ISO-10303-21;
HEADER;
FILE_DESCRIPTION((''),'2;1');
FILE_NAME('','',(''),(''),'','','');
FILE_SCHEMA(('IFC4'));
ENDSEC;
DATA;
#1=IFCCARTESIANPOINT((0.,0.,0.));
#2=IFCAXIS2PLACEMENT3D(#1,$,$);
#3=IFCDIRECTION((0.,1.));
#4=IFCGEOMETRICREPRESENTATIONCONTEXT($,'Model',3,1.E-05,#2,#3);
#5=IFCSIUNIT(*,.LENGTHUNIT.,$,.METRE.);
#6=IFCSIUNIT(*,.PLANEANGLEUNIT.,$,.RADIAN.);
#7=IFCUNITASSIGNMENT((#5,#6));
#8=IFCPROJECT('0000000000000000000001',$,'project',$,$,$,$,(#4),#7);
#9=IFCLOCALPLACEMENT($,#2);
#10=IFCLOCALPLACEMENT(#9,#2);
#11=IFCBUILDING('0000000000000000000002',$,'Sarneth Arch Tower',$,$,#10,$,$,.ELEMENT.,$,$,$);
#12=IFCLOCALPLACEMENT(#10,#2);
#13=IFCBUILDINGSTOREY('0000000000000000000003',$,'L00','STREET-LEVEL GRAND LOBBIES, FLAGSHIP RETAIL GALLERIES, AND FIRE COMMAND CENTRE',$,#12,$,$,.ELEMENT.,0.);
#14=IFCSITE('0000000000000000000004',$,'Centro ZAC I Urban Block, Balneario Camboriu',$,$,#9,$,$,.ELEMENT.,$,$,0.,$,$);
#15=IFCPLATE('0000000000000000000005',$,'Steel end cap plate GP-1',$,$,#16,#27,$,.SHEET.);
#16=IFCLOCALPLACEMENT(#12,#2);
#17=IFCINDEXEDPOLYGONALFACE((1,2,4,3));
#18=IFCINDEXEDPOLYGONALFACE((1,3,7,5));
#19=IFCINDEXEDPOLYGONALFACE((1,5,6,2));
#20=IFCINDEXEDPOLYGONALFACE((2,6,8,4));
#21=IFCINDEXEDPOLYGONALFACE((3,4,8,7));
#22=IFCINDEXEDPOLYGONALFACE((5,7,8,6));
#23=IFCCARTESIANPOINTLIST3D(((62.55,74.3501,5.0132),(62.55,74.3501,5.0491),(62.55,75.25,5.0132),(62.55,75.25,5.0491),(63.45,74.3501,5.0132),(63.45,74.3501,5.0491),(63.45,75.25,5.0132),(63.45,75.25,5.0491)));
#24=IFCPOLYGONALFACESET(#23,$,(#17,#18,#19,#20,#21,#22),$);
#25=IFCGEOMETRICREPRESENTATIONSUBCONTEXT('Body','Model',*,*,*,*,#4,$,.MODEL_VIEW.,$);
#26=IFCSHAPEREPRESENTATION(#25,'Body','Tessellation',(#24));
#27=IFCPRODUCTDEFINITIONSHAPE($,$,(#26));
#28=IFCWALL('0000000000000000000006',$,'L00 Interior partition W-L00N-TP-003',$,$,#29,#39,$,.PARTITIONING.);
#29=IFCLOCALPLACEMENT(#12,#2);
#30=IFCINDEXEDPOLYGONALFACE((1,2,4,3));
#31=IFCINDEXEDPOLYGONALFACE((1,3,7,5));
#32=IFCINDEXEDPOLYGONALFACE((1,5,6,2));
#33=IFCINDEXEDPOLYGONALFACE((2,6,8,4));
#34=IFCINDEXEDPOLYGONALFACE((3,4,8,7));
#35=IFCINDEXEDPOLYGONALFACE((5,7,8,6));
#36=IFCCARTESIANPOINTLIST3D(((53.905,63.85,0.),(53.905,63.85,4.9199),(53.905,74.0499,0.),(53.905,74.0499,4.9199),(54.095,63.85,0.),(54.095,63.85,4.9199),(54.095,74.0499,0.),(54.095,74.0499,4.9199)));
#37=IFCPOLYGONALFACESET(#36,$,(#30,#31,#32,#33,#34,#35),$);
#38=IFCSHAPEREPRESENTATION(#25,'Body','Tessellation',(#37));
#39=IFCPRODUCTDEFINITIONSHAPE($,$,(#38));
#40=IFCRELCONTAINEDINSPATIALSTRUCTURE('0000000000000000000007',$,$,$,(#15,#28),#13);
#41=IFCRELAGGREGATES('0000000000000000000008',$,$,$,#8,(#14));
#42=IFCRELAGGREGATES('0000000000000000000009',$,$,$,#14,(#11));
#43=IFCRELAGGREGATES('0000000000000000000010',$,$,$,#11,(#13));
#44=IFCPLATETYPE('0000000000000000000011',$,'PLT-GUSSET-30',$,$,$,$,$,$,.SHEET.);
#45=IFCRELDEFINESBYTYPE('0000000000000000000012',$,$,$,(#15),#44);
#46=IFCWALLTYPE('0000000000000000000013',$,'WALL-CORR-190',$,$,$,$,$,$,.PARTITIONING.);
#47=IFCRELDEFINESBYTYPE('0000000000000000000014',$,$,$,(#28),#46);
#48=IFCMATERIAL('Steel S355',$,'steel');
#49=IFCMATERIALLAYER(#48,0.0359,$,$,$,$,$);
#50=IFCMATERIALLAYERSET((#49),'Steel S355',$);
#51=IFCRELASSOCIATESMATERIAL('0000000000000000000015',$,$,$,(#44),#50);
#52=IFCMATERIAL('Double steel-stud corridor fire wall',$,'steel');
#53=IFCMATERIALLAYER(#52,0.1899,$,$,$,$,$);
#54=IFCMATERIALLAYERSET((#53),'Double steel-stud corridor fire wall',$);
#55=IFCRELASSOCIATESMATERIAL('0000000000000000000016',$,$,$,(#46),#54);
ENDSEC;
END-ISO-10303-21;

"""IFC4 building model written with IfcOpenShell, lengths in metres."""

from ifc_helpers import new_model, si_unit, direction, frame, frame_2d, origin, origin_2d, place, context, subcontext, project, spatial, rectangle, extrude, material, layer, layer_set, type_object, element, save


model = new_model("IFC4")

# Units and contexts
model_context = context("Model", 3, precision=1e-05, world=origin(), true_north=direction((0.0, 1.0)))
body_context = subcontext(model_context, "Body", "Model", "MODEL_VIEW")
ifc_project = project(units=[si_unit("LENGTHUNIT", "METRE"), si_unit("PLANEANGLEUNIT", "RADIAN")], contexts=[model_context])

# Site, building, storey
site_placement = place(None, origin())
site = spatial("IfcSite", under=ifc_project, at=site_placement, Name="Centro ZAC I Urban Block, Balneario Camboriu", CompositionType="ELEMENT", RefElevation=0.0)
building_placement = place(site_placement, origin())
building = spatial("IfcBuilding", under=site, at=building_placement, Name="Sarneth Arch Tower", CompositionType="ELEMENT")
storey_placement = place(building_placement, origin())
storey = spatial("IfcBuildingStorey", under=building, at=storey_placement, Name="L00", Description="STREET-LEVEL GRAND LOBBIES, FLAGSHIP RETAIL GALLERIES, AND FIRE COMMAND CENTRE", CompositionType="ELEMENT", Elevation=0.0)

# Plate
ifc_material_1 = material(Name="Steel S355", Category="steel")
ifc_layer_1 = layer(ifc_material_1, 0.0359)
ifc_layer_set_1 = layer_set([ifc_layer_1], Name="Steel S355")
plate_type_1 = type_object("IfcPlateType", Name="PLT-GUSSET-30", PredefinedType="SHEET", material=ifc_layer_set_1)
plate_1_placement = place(storey_placement, frame((63.0, 74.8, 5.0132), z_axis=(0.0, 0.0, 1.0), x_axis=(-1.0, 0.0, 0.0)))
element("IfcPlate", 1, at=plate_1_placement, inside=storey, type_object=plate_type_1, Name="Steel end cap plate GP-1", PredefinedType="SHEET", context=body_context, shape_type="SweptSolid", body=[
    extrude(rectangle(XDim=0.8999, YDim=0.8999, at=origin_2d()), origin(), (0.0, 0.0, 1.0), 0.0359),
])

# Wall
ifc_material_2 = material(Name="Double steel-stud corridor fire wall", Category="steel")
ifc_layer_2 = layer(ifc_material_2, 0.1899)
ifc_layer_set_2 = layer_set([ifc_layer_2], Name="Double steel-stud corridor fire wall")
wall_type = type_object("IfcWallType", Name="WALL-CORR-190", PredefinedType="PARTITIONING", material=ifc_layer_set_2)
wall_placement = place(storey_placement, frame((54.0, 74.05, 0.0), z_axis=(0.0, 0.0, 1.0), x_axis=(0.0, -1.0, 0.0)))
element("IfcWall", 2, at=wall_placement, inside=storey, type_object=wall_type, Name="L00 Interior partition W-L00N-TP-003", PredefinedType="PARTITIONING", context=body_context, shape_type="SweptSolid", body=[
    extrude(rectangle(XDim=10.2, YDim=0.1899, at=frame_2d((5.1001, 0.0))), origin(), (0.0, 0.0, 1.0), 4.9199),
])

save(model, "model.ifc")
